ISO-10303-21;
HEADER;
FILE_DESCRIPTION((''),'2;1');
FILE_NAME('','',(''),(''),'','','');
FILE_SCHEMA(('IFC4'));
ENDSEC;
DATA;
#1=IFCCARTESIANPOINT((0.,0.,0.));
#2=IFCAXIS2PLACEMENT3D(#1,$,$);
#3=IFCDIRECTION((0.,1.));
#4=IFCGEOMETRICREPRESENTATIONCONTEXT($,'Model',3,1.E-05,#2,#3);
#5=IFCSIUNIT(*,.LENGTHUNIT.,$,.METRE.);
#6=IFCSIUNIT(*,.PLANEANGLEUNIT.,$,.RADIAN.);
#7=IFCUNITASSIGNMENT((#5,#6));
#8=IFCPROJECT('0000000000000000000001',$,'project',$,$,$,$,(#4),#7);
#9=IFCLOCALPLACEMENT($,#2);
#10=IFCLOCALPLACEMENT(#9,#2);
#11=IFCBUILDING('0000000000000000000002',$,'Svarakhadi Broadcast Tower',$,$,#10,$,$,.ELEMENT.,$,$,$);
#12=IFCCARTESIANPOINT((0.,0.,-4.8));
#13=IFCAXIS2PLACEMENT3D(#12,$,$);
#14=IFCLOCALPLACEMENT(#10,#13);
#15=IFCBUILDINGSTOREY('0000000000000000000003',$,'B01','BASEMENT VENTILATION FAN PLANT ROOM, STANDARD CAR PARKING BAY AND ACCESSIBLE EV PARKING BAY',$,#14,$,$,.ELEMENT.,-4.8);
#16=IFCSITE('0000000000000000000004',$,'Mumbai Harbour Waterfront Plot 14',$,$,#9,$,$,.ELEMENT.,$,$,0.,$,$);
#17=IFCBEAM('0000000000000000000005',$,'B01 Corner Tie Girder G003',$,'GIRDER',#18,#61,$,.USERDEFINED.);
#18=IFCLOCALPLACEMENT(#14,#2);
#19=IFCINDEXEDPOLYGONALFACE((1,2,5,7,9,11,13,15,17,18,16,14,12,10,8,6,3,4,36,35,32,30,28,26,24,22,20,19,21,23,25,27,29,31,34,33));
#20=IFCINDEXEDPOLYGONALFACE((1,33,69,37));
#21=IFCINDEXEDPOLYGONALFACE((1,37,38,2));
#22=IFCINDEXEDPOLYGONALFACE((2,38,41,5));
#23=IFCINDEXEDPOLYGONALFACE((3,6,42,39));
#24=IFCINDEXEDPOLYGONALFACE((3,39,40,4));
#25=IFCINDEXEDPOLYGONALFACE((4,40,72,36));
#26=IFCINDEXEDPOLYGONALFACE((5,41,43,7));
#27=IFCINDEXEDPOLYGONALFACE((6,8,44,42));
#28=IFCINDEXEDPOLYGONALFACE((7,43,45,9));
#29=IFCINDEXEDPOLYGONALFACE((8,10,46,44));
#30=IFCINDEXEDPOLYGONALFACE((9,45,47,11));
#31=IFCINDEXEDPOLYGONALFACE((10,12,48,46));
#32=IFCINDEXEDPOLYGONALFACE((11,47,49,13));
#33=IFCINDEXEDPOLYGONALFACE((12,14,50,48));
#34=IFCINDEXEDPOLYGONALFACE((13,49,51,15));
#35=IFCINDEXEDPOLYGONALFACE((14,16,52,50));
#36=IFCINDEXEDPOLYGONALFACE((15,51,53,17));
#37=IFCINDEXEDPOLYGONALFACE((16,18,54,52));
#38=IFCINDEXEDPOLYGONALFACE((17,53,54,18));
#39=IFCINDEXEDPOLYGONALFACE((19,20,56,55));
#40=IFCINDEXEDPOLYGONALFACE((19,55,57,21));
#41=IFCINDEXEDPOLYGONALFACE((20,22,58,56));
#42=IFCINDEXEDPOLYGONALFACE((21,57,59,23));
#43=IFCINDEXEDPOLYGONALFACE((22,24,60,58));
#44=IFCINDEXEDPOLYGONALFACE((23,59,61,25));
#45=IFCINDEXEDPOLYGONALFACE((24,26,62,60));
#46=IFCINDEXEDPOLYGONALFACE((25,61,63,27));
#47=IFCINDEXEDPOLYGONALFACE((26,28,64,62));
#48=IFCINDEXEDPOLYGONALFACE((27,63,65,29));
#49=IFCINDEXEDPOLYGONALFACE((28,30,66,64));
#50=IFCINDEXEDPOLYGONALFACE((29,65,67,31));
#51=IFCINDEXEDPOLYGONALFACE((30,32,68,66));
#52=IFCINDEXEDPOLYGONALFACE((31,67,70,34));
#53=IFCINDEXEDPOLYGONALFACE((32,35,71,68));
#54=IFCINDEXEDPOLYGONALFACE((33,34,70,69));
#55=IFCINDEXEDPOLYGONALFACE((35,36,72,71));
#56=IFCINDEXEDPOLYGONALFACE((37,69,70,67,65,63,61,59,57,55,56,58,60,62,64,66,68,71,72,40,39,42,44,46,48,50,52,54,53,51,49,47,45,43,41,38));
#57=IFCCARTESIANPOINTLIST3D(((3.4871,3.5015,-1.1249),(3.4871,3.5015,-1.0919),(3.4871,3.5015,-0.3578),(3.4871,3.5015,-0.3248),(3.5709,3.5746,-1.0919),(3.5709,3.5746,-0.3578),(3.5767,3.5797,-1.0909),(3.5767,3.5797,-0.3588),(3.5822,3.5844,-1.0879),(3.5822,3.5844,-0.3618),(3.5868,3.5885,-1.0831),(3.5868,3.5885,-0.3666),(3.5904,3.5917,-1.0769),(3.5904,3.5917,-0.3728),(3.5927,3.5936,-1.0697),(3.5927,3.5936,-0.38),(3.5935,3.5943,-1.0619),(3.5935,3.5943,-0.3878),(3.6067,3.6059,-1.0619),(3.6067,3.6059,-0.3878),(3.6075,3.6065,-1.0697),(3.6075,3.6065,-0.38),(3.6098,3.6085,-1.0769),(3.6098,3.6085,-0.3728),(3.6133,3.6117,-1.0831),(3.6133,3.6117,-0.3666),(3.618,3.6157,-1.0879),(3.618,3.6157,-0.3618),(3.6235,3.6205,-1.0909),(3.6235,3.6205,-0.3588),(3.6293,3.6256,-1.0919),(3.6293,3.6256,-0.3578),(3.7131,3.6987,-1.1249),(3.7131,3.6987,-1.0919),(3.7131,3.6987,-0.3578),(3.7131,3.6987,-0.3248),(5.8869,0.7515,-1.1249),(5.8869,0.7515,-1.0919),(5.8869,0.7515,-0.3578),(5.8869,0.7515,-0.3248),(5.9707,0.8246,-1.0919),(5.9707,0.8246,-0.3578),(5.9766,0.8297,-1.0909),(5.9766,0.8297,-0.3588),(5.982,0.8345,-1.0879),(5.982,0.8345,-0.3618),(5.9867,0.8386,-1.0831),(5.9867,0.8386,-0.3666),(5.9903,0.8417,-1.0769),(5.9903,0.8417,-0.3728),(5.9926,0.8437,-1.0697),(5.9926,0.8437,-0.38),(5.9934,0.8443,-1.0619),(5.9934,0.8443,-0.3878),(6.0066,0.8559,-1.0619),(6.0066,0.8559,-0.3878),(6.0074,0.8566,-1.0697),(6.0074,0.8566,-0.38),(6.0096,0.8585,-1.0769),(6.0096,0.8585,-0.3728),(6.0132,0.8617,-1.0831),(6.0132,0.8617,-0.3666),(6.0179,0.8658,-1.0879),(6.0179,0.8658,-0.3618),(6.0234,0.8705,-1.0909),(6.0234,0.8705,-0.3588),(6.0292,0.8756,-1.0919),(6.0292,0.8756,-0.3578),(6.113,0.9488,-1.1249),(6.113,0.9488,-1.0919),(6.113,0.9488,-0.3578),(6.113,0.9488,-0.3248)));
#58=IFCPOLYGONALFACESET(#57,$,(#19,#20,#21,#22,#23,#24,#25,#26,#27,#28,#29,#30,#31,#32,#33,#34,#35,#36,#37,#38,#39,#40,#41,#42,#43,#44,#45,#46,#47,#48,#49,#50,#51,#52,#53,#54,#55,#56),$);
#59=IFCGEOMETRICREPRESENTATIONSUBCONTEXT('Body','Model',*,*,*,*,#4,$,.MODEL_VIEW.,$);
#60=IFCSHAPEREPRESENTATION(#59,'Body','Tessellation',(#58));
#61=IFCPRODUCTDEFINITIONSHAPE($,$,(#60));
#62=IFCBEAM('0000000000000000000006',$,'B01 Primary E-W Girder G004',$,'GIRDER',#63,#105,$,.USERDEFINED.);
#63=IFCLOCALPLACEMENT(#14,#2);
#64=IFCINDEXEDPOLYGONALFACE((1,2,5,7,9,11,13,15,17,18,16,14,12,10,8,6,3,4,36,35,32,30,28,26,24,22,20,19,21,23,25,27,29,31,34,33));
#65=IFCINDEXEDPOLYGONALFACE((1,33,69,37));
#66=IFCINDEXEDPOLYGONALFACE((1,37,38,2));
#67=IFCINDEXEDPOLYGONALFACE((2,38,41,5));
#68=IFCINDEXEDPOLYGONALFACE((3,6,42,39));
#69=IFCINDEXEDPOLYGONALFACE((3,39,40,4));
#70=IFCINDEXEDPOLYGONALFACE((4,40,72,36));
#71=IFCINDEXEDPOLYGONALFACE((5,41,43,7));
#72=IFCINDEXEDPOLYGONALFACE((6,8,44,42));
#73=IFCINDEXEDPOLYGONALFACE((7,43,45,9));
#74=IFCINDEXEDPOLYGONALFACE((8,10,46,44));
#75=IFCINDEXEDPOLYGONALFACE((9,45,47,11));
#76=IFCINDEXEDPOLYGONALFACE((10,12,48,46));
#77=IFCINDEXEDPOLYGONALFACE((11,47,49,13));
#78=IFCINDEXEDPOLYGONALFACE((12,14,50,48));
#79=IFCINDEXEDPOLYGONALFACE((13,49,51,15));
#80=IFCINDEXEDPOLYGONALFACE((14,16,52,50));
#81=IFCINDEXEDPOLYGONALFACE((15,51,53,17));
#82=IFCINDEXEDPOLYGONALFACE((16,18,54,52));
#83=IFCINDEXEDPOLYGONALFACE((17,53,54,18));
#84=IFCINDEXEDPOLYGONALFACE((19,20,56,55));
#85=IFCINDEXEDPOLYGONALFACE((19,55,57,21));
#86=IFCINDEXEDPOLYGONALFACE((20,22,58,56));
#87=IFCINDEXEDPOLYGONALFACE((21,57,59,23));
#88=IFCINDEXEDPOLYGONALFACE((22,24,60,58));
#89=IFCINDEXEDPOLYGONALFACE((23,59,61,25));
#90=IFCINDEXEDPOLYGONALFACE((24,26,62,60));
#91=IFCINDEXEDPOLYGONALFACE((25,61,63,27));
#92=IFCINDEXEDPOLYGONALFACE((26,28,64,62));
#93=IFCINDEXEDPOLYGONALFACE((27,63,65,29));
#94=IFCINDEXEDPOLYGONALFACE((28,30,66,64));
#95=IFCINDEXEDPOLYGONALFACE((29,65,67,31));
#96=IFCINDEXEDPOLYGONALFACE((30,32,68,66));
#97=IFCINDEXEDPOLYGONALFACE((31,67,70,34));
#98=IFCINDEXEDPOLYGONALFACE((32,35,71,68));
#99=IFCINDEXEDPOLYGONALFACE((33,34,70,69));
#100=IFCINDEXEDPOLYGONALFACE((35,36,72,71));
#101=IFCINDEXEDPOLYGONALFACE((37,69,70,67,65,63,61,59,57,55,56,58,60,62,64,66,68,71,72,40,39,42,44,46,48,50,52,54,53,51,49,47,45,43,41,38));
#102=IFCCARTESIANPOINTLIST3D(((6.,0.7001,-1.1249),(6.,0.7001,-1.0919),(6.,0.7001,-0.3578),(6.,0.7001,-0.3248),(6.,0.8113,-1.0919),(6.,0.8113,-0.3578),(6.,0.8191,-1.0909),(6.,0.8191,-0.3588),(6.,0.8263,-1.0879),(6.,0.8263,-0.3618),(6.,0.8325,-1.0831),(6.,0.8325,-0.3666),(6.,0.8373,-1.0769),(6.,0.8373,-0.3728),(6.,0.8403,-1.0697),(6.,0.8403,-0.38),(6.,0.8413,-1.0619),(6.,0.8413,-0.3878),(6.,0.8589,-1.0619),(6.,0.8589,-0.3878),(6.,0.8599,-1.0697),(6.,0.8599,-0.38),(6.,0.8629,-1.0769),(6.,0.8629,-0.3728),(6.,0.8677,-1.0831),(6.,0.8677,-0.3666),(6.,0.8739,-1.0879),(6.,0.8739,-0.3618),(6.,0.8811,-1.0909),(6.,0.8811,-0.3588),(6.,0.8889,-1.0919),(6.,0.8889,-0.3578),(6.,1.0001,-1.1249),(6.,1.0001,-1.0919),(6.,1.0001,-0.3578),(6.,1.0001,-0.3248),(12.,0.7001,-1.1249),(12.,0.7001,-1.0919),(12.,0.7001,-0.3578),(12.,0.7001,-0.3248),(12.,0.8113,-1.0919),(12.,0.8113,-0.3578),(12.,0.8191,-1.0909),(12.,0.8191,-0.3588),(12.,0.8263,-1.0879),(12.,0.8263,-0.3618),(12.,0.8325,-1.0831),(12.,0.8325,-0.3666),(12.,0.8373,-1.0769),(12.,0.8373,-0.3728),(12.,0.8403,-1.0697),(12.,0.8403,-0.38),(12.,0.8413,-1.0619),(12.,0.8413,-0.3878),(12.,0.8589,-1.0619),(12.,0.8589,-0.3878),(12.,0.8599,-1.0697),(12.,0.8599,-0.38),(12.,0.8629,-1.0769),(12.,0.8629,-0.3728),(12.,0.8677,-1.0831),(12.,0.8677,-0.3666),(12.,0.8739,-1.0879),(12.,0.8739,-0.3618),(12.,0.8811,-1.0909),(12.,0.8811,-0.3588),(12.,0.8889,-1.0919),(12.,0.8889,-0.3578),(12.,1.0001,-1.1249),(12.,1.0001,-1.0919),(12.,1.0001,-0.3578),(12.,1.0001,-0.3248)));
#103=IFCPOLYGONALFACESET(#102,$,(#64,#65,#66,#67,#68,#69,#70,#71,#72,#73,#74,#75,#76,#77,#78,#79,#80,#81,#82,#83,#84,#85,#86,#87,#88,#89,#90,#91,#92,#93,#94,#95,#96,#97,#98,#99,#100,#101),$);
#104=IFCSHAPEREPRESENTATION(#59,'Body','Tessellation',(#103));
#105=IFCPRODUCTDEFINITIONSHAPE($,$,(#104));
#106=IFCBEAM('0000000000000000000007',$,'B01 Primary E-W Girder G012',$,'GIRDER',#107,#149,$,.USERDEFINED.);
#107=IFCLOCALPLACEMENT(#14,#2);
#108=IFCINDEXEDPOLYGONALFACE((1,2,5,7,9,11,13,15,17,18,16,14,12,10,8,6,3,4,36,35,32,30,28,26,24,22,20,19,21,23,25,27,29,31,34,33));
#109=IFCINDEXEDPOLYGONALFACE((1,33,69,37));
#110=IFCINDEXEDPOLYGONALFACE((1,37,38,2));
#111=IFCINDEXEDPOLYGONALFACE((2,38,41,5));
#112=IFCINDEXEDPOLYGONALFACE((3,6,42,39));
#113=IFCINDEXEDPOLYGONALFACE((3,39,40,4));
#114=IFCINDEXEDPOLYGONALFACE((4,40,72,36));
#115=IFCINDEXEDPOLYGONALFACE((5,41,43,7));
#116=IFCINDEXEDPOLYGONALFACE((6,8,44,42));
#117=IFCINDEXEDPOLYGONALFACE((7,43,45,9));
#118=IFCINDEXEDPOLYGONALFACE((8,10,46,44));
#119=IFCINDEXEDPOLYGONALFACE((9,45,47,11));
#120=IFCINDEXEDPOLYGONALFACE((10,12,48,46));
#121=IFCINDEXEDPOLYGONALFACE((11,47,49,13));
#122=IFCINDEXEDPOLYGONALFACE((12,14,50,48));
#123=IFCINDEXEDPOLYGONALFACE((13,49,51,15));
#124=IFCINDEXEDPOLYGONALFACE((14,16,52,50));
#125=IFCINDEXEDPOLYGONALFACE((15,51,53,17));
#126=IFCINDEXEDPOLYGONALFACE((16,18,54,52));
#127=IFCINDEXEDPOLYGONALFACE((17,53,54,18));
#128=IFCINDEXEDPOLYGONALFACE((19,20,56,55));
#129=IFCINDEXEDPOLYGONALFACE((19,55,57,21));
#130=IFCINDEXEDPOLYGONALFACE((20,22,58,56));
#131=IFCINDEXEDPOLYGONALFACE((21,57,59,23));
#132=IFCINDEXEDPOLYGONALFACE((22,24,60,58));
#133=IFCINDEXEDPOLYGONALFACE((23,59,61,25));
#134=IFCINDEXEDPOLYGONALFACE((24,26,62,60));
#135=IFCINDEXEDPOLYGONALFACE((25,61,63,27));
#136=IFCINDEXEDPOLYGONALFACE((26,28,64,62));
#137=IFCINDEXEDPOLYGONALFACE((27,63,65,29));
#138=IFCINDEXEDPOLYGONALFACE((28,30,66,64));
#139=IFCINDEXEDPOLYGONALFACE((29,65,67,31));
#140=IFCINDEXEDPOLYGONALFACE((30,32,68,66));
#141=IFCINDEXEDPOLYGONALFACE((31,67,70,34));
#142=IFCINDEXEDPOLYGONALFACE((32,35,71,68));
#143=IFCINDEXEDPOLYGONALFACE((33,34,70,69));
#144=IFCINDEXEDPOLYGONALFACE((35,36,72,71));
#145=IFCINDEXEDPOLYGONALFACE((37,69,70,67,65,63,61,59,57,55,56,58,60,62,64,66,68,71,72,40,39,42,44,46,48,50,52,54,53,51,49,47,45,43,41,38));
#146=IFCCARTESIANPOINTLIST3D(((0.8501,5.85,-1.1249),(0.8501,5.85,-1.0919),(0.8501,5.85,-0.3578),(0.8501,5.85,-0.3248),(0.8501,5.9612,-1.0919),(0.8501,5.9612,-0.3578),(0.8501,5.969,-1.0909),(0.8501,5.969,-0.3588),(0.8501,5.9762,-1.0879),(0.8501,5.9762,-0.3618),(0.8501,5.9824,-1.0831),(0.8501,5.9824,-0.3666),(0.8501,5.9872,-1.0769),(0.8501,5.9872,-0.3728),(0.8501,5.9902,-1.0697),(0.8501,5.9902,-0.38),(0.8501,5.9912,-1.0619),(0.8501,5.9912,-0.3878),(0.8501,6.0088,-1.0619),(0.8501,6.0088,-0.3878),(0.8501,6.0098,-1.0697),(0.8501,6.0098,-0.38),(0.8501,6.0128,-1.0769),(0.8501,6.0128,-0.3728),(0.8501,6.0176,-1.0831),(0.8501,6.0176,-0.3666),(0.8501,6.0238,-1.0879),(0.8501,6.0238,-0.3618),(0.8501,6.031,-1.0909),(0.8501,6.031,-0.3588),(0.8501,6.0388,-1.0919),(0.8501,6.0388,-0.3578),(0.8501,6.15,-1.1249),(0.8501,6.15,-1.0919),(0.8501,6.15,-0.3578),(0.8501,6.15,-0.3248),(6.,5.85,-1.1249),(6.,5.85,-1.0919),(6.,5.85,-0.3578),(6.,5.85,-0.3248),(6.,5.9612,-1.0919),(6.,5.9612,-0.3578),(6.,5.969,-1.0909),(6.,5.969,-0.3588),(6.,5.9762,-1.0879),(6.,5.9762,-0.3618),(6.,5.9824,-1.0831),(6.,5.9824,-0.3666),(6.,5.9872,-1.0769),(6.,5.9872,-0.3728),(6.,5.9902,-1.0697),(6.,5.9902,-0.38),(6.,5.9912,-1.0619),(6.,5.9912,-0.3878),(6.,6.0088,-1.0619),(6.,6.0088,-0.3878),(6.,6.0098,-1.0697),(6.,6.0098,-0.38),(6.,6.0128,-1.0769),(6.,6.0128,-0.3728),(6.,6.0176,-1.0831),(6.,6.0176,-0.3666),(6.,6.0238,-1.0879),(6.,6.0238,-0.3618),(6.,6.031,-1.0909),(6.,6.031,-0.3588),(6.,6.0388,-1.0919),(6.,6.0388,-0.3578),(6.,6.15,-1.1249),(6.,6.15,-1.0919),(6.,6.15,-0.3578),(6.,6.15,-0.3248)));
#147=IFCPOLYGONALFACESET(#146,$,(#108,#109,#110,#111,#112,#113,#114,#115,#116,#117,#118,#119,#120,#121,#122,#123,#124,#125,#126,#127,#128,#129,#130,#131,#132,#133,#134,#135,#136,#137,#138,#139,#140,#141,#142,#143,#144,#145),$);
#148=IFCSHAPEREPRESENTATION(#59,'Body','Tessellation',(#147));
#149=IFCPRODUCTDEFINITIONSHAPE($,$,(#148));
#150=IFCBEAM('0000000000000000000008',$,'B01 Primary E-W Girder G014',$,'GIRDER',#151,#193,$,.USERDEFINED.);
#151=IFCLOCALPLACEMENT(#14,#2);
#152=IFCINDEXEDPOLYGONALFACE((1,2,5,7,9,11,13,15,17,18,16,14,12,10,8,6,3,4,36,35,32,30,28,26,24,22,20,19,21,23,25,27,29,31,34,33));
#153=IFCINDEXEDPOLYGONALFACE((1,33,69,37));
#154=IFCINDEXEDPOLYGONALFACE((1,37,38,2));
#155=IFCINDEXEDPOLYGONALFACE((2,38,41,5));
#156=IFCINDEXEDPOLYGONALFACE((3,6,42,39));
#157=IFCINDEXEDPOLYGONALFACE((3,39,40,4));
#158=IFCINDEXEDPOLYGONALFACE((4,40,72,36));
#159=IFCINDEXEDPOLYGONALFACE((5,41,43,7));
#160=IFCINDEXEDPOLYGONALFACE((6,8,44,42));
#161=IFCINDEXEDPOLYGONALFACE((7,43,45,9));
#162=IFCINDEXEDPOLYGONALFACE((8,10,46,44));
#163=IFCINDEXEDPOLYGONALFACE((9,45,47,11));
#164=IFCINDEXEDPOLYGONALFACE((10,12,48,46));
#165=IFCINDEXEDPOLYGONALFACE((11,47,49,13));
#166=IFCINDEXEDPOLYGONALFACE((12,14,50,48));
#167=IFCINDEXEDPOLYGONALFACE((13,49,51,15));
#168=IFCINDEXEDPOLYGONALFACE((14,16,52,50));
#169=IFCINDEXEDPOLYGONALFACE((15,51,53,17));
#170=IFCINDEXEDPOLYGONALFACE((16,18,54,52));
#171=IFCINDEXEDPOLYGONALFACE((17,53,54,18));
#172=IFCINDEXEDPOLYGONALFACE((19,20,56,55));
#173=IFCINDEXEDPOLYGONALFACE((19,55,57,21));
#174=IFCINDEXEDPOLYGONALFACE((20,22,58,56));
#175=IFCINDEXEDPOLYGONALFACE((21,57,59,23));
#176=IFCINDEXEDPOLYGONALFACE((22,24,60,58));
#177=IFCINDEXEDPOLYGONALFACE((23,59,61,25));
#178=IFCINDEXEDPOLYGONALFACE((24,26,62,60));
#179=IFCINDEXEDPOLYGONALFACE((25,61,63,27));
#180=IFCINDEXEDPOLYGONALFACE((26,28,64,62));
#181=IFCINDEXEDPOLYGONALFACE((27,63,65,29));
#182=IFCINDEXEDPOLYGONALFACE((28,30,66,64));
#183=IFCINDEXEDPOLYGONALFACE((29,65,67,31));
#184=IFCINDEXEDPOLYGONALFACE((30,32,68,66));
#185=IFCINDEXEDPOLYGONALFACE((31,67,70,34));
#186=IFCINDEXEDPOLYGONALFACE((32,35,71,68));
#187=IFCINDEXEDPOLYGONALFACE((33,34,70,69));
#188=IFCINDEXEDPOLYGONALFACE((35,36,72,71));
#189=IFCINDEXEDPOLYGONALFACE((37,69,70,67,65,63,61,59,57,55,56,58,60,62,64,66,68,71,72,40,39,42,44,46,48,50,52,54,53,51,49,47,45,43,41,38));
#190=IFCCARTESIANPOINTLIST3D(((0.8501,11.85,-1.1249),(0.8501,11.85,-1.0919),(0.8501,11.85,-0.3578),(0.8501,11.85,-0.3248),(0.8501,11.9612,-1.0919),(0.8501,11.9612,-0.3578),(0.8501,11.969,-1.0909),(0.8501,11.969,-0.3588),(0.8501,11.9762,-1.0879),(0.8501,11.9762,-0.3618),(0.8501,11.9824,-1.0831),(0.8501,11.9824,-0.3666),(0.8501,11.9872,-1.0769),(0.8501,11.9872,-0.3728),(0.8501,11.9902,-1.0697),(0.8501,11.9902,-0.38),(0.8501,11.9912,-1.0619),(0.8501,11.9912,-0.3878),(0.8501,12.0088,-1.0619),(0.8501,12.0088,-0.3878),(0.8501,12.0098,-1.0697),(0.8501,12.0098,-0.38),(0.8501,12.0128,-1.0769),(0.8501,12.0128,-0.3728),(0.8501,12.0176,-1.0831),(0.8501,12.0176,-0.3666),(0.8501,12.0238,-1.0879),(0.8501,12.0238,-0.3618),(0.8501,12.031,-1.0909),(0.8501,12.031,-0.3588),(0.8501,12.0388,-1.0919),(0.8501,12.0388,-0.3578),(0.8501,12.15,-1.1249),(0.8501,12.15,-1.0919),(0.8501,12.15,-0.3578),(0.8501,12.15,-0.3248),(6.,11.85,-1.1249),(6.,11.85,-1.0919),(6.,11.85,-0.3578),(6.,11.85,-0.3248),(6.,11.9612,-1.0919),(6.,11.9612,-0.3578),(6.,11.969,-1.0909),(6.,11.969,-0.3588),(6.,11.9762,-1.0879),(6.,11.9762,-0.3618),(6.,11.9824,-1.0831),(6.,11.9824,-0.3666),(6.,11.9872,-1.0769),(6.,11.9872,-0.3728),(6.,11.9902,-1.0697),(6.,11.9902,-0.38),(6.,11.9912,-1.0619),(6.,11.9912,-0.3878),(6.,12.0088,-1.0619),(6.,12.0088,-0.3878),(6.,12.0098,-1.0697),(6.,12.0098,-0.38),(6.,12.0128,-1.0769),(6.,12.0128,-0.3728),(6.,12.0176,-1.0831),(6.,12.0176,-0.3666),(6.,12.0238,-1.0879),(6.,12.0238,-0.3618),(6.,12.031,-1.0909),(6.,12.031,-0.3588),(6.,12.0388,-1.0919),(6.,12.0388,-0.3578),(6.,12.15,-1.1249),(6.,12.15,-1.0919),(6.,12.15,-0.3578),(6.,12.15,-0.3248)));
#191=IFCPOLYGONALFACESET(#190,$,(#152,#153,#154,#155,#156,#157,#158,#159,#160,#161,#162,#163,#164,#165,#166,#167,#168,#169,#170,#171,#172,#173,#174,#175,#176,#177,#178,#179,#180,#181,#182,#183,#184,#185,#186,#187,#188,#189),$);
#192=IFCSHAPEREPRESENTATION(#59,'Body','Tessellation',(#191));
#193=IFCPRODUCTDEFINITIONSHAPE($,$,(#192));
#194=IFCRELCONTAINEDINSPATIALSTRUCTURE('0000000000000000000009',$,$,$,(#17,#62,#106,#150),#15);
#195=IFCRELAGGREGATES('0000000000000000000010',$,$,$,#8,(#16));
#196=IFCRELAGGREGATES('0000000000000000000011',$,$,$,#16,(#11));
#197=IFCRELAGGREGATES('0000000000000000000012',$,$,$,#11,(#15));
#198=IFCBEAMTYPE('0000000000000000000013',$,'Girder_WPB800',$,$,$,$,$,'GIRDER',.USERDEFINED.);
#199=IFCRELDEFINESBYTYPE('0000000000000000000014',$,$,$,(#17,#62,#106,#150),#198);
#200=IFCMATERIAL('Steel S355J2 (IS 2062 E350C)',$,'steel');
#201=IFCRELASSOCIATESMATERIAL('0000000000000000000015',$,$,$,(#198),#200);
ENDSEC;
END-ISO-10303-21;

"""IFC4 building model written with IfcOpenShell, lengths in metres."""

from ifc_helpers import new_model, si_unit, direction, frame, origin, origin_2d, place, context, subcontext, project, spatial, i_section, extrude, material, material_profile, profile_set, type_object, element, save


model = new_model("IFC4")

# Units and contexts
model_context = context("Model", 3, precision=1e-05, world=origin(), true_north=direction((0.0, 1.0)))
body_context = subcontext(model_context, "Body", "Model", "MODEL_VIEW")
ifc_project = project(units=[si_unit("LENGTHUNIT", "METRE"), si_unit("PLANEANGLEUNIT", "RADIAN")], contexts=[model_context])

# Site, building, storey
site_placement = place(None, origin())
site = spatial("IfcSite", under=ifc_project, at=site_placement, Name="Mumbai Harbour Waterfront Plot 14", CompositionType="ELEMENT", RefElevation=0.0)
building_placement = place(site_placement, origin())
building = spatial("IfcBuilding", under=site, at=building_placement, Name="Svarakhadi Broadcast Tower", CompositionType="ELEMENT")
storey_placement = place(building_placement, frame((0.0, 0.0, -4.8)))
storey = spatial("IfcBuildingStorey", under=building, at=storey_placement, Name="B01", Description="BASEMENT VENTILATION FAN PLANT ROOM, STANDARD CAR PARKING BAY AND ACCESSIBLE EV PARKING BAY", CompositionType="ELEMENT", Elevation=-4.8)

# Beams
ifc_material_1 = material(Name="Steel S355J2 (IS 2062 E350C)", Category="steel")
ifc_material_profile_1 = material_profile(ifc_material_1, i_section(OverallWidth=0.3, OverallDepth=0.8, WebThickness=0.0176, FlangeThickness=0.033, FilletRadius=0.03, at=origin_2d()), Name="WPB 800x300x262")
ifc_profile_set_1 = profile_set([ifc_material_profile_1], Name="Steel S355J2 (IS 2062 E350C)")
beam_type_1 = type_object("IfcBeamType", Name="Girder_WPB800", ElementType="GIRDER", PredefinedType="USERDEFINED", material=ifc_profile_set_1)
for number, where, z_axis, x_axis, name in (
    (1, (3.6001, 3.6001, -0.7249), (0.657519, -0.753438, 0.0), (0.753438, 0.657519, 0.0), "B01 Corner Tie Girder G003"),
):
    element("IfcBeam", number, at=place(storey_placement, frame(where, z_axis=z_axis, x_axis=x_axis)), inside=storey, type_object=beam_type_1, Name=name, ObjectType="GIRDER", PredefinedType="USERDEFINED", context=body_context, shape_type="SweptSolid", body=[
        extrude(i_section(OverallWidth=0.3, OverallDepth=0.8, WebThickness=0.0176, FlangeThickness=0.033, FilletRadius=0.03, at=origin_2d()), origin(), (0.0, 0.0, 1.0), 3.6499),
    ])
beam_1_placement = place(storey_placement, frame((6.0, 0.8501, -0.7249), z_axis=(1.0, 0.0, 0.0), x_axis=(0.0, 1.0, 0.0)))
element("IfcBeam", 2, at=beam_1_placement, inside=storey, type_object=beam_type_1, Name="B01 Primary E-W Girder G004", ObjectType="GIRDER", PredefinedType="USERDEFINED", context=body_context, shape_type="SweptSolid", body=[
    extrude(i_section(OverallWidth=0.3, OverallDepth=0.8, WebThickness=0.0176, FlangeThickness=0.033, FilletRadius=0.03, at=origin_2d()), origin(), (0.0, 0.0, 1.0), 6.0),
])
for number, where, z_axis, x_axis, name in (
    (3, (0.8501, 6.0, -0.7249), (1.0, 0.0, 0.0), (0.0, 1.0, 0.0), "B01 Primary E-W Girder G012"),
    (4, (0.8501, 12.0, -0.7249), (1.0, 0.0, 0.0), (0.0, 1.0, 0.0), "B01 Primary E-W Girder G014"),
):
    element("IfcBeam", number, at=place(storey_placement, frame(where, z_axis=z_axis, x_axis=x_axis)), inside=storey, type_object=beam_type_1, Name=name, ObjectType="GIRDER", PredefinedType="USERDEFINED", context=body_context, shape_type="SweptSolid", body=[
        extrude(i_section(OverallWidth=0.3, OverallDepth=0.8, WebThickness=0.0176, FlangeThickness=0.033, FilletRadius=0.03, at=origin_2d()), origin(), (0.0, 0.0, 1.0), 5.1499),
    ])

save(model, "model.ifc")
